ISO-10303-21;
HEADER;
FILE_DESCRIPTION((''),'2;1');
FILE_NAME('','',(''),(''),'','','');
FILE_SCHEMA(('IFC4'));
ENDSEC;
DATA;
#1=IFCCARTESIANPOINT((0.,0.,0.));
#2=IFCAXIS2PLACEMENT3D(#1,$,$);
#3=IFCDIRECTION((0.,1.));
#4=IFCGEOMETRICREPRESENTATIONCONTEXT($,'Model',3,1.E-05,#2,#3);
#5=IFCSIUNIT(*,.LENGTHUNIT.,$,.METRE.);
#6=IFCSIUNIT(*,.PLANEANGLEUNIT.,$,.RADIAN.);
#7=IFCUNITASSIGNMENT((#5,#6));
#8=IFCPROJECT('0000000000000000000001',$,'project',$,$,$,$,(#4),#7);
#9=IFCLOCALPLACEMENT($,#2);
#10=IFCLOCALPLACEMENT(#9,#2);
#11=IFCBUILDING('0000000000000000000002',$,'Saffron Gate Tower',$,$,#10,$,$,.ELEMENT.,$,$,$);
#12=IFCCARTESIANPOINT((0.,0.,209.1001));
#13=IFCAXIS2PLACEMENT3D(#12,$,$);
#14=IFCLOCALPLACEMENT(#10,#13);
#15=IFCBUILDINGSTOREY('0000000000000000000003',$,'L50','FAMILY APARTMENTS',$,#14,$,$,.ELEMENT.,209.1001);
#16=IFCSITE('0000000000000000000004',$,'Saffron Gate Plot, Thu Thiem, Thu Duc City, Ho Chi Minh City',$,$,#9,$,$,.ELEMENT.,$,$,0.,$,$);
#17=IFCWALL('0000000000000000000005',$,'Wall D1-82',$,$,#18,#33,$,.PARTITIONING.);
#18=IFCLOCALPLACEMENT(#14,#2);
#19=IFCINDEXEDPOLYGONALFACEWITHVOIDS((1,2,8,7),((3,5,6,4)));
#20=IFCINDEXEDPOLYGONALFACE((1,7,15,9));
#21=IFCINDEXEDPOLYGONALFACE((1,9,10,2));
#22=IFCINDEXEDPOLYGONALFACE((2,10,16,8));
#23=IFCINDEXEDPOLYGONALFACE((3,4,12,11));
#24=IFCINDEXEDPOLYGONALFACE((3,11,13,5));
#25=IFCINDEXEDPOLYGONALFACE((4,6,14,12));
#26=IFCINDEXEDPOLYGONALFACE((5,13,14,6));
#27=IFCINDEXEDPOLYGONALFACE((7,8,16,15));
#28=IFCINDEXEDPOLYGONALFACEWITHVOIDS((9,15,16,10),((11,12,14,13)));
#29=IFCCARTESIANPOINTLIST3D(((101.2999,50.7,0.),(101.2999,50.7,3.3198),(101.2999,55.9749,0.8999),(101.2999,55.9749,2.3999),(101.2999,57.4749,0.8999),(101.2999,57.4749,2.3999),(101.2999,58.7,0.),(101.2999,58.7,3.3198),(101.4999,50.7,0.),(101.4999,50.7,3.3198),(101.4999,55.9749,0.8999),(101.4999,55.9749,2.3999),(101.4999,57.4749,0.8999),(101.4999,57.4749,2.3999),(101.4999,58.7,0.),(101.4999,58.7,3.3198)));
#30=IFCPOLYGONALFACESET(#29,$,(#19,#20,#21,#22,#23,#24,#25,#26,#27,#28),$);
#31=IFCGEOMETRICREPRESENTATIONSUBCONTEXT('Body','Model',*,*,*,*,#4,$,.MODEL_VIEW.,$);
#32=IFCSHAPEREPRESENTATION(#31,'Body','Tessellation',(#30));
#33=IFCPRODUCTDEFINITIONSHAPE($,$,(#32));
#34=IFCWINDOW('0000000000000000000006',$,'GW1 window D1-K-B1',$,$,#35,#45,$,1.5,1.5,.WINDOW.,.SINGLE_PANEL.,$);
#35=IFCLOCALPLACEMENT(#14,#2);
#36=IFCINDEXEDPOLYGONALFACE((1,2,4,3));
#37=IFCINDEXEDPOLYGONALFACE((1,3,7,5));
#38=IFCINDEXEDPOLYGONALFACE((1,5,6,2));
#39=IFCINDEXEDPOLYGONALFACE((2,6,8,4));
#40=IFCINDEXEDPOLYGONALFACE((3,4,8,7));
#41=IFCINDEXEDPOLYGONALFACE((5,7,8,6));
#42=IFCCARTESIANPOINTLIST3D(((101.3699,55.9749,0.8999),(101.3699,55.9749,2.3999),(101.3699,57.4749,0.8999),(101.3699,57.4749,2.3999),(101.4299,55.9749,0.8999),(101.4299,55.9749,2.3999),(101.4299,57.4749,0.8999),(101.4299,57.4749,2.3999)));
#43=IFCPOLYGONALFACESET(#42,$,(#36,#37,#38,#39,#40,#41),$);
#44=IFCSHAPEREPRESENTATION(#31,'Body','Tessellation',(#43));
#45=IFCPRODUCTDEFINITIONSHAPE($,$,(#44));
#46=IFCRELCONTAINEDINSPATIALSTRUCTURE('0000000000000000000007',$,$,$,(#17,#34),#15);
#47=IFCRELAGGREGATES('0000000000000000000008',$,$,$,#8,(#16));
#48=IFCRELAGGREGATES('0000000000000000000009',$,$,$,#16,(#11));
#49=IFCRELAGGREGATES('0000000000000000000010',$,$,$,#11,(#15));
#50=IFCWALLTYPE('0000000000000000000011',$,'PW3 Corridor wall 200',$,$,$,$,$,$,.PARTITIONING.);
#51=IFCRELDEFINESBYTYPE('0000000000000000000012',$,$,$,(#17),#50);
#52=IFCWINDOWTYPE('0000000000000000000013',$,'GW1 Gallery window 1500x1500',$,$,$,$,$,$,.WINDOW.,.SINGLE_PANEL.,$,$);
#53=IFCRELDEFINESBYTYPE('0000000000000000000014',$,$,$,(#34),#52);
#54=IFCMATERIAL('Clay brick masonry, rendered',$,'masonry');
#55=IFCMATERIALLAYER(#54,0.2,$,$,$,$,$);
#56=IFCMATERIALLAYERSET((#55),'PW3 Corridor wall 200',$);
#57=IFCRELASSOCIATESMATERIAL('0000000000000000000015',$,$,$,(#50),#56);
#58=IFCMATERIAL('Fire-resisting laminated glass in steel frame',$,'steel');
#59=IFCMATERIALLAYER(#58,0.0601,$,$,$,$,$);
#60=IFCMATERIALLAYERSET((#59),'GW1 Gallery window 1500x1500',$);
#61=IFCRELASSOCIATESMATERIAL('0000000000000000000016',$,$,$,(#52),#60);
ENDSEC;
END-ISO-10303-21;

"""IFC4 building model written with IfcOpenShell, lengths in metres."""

from ifc_helpers import new_model, si_unit, direction, frame, frame_2d, origin, place, context, subcontext, project, spatial, rectangle, extrude, material, layer, layer_set, type_object, element, fill, save


model = new_model("IFC4")

# Units and contexts
model_context = context("Model", 3, precision=1e-05, world=origin(), true_north=direction((0.0, 1.0)))
body_context = subcontext(model_context, "Body", "Model", "MODEL_VIEW")
ifc_project = project(units=[si_unit("LENGTHUNIT", "METRE"), si_unit("PLANEANGLEUNIT", "RADIAN")], contexts=[model_context])

# Site, building, storey
site_placement = place(None, origin())
site = spatial("IfcSite", under=ifc_project, at=site_placement, Name="Saffron Gate Plot, Thu Thiem, Thu Duc City, Ho Chi Minh City", CompositionType="ELEMENT", RefElevation=0.0)
building_placement = place(site_placement, origin())
building = spatial("IfcBuilding", under=site, at=building_placement, Name="Saffron Gate Tower", CompositionType="ELEMENT")
storey_placement = place(building_placement, frame((0.0, 0.0, 209.1001)))
storey = spatial("IfcBuildingStorey", under=building, at=storey_placement, Name="L50", Description="FAMILY APARTMENTS", CompositionType="ELEMENT", Elevation=209.1001)

# Shared definitions
ifc_material_1 = material(Name="Clay brick masonry, rendered", Category="masonry")

# Shared definitions
ifc_layer_1 = layer(ifc_material_1, 0.2)
ifc_layer_set_1 = layer_set([ifc_layer_1], Name="PW3 Corridor wall 200")
wall_type_1 = type_object("IfcWallType", Name="PW3 Corridor wall 200", PredefinedType="PARTITIONING", material=ifc_layer_set_1)

# Wall, opening, window
wall_1_placement = place(storey_placement, frame((101.3999, 58.7, 0.0), z_axis=(0.0, 0.0, 1.0), x_axis=(0.0, -1.0, 0.0)))
wall_1 = element("IfcWall", 1, at=wall_1_placement, inside=storey, type_object=wall_type_1, Name="Wall D1-82", PredefinedType="PARTITIONING", context=body_context, shape_type="SweptSolid", body=[
    extrude(rectangle(XDim=8.0, YDim=0.2, at=frame_2d((4.0, 0.0))), origin(), (0.0, 0.0, 1.0), 3.3198),
])
opening_1_placement = place(wall_1_placement, frame((1.2251, 0.0, 0.8999)))
opening_1 = element("IfcOpeningElement", 2, at=opening_1_placement, cuts=wall_1, PredefinedType="OPENING", context=body_context, shape_type="SweptSolid", body=[
    extrude(rectangle(XDim=1.5, YDim=1.5, at=frame_2d((0.75, 0.75))), frame((0.0, 0.1099, 0.0), z_axis=(0.0, -1.0, 0.0), x_axis=(1.0, 0.0, 0.0)), (0.0, 0.0, 1.0), 0.22),
])
ifc_material_2 = material(Name="Fire-resisting laminated glass in steel frame", Category="steel")
ifc_layer_2 = layer(ifc_material_2, 0.0601)
ifc_layer_set_2 = layer_set([ifc_layer_2], Name="GW1 Gallery window 1500x1500")
window_type = type_object("IfcWindowType", Name="GW1 Gallery window 1500x1500", PartitioningType="SINGLE_PANEL", PredefinedType="WINDOW", material=ifc_layer_set_2)
window_placement = place(opening_1_placement, origin())
window = element("IfcWindow", 3, at=window_placement, inside=storey, type_object=window_type, Name="GW1 window D1-K-B1", OverallHeight=1.5, OverallWidth=1.5, PartitioningType="SINGLE_PANEL", PredefinedType="WINDOW", context=body_context, shape_type="SweptSolid", body=[
    extrude(rectangle(XDim=1.5, YDim=1.5, at=frame_2d((0.75, 0.75))), frame((0.0, 0.03, 0.0), z_axis=(0.0, -1.0, 0.0), x_axis=(1.0, 0.0, 0.0)), (0.0, 0.0, 1.0), 0.0601),
])
fill(opening_1, window)

save(model, "model.ifc")
